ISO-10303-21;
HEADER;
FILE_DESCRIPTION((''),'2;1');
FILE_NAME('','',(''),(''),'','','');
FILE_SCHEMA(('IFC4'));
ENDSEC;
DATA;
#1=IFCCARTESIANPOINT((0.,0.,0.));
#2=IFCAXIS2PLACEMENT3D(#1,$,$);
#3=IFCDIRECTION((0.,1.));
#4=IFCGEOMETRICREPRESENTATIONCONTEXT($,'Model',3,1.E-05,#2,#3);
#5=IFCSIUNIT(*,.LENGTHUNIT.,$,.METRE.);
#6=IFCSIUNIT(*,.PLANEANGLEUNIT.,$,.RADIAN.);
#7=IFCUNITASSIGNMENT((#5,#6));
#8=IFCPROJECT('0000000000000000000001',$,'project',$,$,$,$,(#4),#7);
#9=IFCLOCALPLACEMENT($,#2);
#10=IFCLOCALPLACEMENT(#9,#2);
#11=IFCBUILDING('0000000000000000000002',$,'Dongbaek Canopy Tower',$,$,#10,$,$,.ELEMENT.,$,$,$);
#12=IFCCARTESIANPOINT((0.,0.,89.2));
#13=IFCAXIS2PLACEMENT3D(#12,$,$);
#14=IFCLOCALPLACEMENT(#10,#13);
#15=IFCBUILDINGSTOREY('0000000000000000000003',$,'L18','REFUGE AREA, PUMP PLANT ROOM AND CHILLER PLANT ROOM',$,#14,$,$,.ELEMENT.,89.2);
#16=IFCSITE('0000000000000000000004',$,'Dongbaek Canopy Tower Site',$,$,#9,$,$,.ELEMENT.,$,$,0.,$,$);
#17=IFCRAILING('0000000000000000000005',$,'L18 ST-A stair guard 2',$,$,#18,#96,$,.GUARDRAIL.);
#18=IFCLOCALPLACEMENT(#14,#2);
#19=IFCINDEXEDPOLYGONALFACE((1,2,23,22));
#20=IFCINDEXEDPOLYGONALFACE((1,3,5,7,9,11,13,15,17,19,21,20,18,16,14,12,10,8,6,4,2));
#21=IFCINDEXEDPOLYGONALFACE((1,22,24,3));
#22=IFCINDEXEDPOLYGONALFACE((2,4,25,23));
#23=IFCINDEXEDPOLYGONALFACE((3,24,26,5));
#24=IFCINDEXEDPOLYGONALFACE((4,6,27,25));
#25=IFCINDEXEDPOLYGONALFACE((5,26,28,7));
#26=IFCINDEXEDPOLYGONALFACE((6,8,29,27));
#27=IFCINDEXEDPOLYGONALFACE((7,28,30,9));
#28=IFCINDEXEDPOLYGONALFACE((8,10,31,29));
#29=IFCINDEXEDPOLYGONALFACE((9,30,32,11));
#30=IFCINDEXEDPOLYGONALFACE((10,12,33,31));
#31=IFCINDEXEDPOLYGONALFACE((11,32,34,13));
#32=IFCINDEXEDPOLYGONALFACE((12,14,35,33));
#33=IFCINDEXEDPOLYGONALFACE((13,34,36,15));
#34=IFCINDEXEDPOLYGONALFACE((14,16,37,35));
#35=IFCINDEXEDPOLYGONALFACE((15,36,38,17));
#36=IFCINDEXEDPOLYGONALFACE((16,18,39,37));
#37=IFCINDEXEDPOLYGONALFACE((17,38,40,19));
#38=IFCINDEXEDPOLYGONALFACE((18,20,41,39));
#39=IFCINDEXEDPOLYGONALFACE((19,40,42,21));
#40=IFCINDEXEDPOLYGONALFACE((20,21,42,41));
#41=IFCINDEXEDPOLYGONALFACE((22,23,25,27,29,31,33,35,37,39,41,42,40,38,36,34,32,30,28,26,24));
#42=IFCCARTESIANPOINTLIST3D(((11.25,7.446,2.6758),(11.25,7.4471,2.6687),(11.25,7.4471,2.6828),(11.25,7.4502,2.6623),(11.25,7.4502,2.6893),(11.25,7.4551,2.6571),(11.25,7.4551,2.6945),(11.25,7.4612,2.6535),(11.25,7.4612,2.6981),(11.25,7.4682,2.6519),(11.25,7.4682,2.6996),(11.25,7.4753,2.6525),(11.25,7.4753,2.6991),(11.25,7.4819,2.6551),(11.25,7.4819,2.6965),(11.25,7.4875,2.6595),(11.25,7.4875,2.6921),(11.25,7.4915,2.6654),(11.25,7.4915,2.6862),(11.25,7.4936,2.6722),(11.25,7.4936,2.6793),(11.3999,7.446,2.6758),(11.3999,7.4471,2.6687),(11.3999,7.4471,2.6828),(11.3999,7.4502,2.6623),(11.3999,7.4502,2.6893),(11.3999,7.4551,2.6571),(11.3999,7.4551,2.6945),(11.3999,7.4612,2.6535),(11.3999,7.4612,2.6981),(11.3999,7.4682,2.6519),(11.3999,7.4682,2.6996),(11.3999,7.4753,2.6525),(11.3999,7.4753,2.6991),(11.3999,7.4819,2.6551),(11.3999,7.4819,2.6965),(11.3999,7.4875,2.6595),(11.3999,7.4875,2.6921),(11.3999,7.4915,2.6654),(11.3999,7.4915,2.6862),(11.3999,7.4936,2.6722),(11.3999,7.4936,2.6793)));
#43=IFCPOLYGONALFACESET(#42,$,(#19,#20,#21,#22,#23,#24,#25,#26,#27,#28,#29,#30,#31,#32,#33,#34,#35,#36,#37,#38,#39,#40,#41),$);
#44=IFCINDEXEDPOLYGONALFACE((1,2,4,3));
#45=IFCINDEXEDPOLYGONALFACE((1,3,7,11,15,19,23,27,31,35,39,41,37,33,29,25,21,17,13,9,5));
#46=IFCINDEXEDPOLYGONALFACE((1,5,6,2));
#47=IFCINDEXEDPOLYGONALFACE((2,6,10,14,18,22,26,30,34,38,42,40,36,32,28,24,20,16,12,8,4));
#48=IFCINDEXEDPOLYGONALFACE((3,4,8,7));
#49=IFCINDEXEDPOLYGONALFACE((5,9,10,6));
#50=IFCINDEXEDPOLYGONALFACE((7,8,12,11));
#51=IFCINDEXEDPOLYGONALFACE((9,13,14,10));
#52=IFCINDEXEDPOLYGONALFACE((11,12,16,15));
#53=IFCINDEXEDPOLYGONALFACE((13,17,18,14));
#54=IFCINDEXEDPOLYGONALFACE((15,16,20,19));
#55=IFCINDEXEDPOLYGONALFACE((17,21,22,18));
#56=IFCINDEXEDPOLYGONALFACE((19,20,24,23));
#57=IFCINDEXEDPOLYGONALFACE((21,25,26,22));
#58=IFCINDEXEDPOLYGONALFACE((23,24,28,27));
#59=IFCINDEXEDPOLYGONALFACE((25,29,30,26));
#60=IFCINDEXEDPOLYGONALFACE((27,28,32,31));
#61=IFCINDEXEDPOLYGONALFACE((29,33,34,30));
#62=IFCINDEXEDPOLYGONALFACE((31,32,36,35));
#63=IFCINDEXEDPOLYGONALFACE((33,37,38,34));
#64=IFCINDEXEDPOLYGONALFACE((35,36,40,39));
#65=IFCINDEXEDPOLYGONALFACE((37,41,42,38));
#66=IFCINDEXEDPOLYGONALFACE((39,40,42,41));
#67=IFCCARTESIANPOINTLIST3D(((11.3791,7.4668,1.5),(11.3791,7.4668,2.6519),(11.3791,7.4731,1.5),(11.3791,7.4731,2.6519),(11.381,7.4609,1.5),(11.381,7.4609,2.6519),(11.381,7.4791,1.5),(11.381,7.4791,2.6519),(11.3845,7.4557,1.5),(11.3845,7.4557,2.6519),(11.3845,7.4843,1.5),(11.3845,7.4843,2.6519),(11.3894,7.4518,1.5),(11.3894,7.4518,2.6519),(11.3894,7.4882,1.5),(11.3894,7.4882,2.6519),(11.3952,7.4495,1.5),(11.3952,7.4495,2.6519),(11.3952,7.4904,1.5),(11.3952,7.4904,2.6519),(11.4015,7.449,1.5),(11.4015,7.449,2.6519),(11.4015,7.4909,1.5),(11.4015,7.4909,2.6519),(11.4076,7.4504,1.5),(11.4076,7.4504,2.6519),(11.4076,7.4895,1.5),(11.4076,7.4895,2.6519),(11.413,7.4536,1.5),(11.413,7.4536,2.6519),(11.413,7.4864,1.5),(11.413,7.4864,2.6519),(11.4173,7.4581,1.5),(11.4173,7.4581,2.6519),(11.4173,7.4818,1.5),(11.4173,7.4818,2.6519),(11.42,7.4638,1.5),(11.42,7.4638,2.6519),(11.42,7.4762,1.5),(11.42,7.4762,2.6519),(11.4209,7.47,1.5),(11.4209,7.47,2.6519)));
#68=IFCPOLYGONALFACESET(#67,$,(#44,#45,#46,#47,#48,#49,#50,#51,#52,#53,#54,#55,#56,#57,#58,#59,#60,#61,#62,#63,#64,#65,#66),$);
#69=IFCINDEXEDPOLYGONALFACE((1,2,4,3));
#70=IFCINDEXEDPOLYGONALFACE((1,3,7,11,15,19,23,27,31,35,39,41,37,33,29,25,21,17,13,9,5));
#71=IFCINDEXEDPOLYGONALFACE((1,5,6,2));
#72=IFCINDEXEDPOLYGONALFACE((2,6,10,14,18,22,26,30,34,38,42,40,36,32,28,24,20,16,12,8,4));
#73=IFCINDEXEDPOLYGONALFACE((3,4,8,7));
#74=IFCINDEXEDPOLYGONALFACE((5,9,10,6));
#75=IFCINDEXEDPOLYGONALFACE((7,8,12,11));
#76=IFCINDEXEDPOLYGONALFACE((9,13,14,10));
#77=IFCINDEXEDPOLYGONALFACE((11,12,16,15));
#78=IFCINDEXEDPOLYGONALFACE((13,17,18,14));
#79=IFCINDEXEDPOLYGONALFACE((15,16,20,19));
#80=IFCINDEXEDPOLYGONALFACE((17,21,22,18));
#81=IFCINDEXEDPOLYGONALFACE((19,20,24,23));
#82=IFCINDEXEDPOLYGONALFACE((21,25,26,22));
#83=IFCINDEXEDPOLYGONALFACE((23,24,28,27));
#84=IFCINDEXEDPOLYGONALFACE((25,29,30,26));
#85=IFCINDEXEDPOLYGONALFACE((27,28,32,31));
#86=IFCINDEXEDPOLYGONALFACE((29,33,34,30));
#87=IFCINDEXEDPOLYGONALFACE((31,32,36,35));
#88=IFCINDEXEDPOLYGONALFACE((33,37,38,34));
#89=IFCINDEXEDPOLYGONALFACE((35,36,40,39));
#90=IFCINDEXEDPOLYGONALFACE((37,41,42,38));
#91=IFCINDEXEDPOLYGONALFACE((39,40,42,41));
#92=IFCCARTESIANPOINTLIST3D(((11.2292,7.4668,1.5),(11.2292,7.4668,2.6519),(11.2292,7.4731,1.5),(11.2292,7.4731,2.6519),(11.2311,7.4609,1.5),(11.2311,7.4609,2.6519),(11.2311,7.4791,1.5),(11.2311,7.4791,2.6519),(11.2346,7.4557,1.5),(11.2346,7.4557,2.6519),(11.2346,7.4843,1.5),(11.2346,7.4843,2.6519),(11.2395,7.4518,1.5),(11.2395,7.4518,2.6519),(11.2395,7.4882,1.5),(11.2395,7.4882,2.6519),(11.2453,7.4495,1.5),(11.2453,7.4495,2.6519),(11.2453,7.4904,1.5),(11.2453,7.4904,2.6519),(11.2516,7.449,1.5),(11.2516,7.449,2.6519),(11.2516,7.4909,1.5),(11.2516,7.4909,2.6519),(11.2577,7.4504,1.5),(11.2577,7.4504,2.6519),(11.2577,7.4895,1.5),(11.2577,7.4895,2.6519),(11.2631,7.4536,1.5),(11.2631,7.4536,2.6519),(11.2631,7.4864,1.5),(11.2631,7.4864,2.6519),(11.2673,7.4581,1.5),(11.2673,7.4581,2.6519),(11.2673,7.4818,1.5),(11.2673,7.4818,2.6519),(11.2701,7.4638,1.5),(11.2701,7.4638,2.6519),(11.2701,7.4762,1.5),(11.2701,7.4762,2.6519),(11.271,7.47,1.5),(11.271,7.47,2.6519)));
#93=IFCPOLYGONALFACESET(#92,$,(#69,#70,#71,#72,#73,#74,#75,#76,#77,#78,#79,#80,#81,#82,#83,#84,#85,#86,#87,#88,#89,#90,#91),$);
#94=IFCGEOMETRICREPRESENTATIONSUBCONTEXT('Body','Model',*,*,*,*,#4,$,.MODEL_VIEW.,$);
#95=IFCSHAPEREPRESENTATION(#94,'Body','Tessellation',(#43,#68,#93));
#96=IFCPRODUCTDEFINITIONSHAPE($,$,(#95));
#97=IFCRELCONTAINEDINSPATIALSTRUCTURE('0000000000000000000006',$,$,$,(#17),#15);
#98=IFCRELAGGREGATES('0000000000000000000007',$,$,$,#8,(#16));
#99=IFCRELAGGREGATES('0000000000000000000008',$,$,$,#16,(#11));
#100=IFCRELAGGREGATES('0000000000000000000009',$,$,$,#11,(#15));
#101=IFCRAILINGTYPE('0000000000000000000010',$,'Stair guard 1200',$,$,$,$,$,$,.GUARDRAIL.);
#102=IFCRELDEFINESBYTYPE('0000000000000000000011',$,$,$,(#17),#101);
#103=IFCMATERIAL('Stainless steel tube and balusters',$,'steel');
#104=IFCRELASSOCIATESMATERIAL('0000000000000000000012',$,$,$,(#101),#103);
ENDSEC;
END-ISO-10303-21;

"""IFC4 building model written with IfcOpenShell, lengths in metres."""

from ifc_helpers import new_model, si_unit, direction, frame, origin, origin_2d, place, context, subcontext, project, spatial, circle, extrude, material, type_object, element, save


model = new_model("IFC4")

# Units and contexts
model_context = context("Model", 3, precision=1e-05, world=origin(), true_north=direction((0.0, 1.0)))
body_context = subcontext(model_context, "Body", "Model", "MODEL_VIEW")
ifc_project = project(units=[si_unit("LENGTHUNIT", "METRE"), si_unit("PLANEANGLEUNIT", "RADIAN")], contexts=[model_context])

# Site, building, storey
site_placement = place(None, origin())
site = spatial("IfcSite", under=ifc_project, at=site_placement, Name="Dongbaek Canopy Tower Site", CompositionType="ELEMENT", RefElevation=0.0)
building_placement = place(site_placement, origin())
building = spatial("IfcBuilding", under=site, at=building_placement, Name="Dongbaek Canopy Tower", CompositionType="ELEMENT")
storey_placement = place(building_placement, frame((0.0, 0.0, 89.2)))
storey = spatial("IfcBuildingStorey", under=building, at=storey_placement, Name="L18", Description="REFUGE AREA, PUMP PLANT ROOM AND CHILLER PLANT ROOM", CompositionType="ELEMENT", Elevation=89.2)

# Railing
ifc_material_1 = material(Name="Stainless steel tube and balusters", Category="steel")
railing_type_1 = type_object("IfcRailingType", Name="Stair guard 1200", PredefinedType="GUARDRAIL", material=ifc_material_1)
railing_1_placement = place(storey_placement, frame((11.3999, 7.47, 1.5)))
element("IfcRailing", 1, at=railing_1_placement, inside=storey, type_object=railing_type_1, Name="L18 ST-A stair guard 2", PredefinedType="GUARDRAIL", context=body_context, shape_type="SweptSolid", body=[
    extrude(circle(Radius=0.0239, at=origin_2d()), frame((0.0, 0.0, 1.1758), z_axis=(-1.0, 0.0, 0.0), x_axis=(0.0, -1.0, 0.0)), (0.0, 0.0, 1.0), 0.1499),
    extrude(circle(Radius=0.021, at=origin_2d()), origin(), (0.0, 0.0, 1.0), 1.1519),
    extrude(circle(Radius=0.021, at=origin_2d()), frame((-0.1499, 0.0, 0.0)), (0.0, 0.0, 1.0), 1.1519),
])

save(model, "model.ifc")
